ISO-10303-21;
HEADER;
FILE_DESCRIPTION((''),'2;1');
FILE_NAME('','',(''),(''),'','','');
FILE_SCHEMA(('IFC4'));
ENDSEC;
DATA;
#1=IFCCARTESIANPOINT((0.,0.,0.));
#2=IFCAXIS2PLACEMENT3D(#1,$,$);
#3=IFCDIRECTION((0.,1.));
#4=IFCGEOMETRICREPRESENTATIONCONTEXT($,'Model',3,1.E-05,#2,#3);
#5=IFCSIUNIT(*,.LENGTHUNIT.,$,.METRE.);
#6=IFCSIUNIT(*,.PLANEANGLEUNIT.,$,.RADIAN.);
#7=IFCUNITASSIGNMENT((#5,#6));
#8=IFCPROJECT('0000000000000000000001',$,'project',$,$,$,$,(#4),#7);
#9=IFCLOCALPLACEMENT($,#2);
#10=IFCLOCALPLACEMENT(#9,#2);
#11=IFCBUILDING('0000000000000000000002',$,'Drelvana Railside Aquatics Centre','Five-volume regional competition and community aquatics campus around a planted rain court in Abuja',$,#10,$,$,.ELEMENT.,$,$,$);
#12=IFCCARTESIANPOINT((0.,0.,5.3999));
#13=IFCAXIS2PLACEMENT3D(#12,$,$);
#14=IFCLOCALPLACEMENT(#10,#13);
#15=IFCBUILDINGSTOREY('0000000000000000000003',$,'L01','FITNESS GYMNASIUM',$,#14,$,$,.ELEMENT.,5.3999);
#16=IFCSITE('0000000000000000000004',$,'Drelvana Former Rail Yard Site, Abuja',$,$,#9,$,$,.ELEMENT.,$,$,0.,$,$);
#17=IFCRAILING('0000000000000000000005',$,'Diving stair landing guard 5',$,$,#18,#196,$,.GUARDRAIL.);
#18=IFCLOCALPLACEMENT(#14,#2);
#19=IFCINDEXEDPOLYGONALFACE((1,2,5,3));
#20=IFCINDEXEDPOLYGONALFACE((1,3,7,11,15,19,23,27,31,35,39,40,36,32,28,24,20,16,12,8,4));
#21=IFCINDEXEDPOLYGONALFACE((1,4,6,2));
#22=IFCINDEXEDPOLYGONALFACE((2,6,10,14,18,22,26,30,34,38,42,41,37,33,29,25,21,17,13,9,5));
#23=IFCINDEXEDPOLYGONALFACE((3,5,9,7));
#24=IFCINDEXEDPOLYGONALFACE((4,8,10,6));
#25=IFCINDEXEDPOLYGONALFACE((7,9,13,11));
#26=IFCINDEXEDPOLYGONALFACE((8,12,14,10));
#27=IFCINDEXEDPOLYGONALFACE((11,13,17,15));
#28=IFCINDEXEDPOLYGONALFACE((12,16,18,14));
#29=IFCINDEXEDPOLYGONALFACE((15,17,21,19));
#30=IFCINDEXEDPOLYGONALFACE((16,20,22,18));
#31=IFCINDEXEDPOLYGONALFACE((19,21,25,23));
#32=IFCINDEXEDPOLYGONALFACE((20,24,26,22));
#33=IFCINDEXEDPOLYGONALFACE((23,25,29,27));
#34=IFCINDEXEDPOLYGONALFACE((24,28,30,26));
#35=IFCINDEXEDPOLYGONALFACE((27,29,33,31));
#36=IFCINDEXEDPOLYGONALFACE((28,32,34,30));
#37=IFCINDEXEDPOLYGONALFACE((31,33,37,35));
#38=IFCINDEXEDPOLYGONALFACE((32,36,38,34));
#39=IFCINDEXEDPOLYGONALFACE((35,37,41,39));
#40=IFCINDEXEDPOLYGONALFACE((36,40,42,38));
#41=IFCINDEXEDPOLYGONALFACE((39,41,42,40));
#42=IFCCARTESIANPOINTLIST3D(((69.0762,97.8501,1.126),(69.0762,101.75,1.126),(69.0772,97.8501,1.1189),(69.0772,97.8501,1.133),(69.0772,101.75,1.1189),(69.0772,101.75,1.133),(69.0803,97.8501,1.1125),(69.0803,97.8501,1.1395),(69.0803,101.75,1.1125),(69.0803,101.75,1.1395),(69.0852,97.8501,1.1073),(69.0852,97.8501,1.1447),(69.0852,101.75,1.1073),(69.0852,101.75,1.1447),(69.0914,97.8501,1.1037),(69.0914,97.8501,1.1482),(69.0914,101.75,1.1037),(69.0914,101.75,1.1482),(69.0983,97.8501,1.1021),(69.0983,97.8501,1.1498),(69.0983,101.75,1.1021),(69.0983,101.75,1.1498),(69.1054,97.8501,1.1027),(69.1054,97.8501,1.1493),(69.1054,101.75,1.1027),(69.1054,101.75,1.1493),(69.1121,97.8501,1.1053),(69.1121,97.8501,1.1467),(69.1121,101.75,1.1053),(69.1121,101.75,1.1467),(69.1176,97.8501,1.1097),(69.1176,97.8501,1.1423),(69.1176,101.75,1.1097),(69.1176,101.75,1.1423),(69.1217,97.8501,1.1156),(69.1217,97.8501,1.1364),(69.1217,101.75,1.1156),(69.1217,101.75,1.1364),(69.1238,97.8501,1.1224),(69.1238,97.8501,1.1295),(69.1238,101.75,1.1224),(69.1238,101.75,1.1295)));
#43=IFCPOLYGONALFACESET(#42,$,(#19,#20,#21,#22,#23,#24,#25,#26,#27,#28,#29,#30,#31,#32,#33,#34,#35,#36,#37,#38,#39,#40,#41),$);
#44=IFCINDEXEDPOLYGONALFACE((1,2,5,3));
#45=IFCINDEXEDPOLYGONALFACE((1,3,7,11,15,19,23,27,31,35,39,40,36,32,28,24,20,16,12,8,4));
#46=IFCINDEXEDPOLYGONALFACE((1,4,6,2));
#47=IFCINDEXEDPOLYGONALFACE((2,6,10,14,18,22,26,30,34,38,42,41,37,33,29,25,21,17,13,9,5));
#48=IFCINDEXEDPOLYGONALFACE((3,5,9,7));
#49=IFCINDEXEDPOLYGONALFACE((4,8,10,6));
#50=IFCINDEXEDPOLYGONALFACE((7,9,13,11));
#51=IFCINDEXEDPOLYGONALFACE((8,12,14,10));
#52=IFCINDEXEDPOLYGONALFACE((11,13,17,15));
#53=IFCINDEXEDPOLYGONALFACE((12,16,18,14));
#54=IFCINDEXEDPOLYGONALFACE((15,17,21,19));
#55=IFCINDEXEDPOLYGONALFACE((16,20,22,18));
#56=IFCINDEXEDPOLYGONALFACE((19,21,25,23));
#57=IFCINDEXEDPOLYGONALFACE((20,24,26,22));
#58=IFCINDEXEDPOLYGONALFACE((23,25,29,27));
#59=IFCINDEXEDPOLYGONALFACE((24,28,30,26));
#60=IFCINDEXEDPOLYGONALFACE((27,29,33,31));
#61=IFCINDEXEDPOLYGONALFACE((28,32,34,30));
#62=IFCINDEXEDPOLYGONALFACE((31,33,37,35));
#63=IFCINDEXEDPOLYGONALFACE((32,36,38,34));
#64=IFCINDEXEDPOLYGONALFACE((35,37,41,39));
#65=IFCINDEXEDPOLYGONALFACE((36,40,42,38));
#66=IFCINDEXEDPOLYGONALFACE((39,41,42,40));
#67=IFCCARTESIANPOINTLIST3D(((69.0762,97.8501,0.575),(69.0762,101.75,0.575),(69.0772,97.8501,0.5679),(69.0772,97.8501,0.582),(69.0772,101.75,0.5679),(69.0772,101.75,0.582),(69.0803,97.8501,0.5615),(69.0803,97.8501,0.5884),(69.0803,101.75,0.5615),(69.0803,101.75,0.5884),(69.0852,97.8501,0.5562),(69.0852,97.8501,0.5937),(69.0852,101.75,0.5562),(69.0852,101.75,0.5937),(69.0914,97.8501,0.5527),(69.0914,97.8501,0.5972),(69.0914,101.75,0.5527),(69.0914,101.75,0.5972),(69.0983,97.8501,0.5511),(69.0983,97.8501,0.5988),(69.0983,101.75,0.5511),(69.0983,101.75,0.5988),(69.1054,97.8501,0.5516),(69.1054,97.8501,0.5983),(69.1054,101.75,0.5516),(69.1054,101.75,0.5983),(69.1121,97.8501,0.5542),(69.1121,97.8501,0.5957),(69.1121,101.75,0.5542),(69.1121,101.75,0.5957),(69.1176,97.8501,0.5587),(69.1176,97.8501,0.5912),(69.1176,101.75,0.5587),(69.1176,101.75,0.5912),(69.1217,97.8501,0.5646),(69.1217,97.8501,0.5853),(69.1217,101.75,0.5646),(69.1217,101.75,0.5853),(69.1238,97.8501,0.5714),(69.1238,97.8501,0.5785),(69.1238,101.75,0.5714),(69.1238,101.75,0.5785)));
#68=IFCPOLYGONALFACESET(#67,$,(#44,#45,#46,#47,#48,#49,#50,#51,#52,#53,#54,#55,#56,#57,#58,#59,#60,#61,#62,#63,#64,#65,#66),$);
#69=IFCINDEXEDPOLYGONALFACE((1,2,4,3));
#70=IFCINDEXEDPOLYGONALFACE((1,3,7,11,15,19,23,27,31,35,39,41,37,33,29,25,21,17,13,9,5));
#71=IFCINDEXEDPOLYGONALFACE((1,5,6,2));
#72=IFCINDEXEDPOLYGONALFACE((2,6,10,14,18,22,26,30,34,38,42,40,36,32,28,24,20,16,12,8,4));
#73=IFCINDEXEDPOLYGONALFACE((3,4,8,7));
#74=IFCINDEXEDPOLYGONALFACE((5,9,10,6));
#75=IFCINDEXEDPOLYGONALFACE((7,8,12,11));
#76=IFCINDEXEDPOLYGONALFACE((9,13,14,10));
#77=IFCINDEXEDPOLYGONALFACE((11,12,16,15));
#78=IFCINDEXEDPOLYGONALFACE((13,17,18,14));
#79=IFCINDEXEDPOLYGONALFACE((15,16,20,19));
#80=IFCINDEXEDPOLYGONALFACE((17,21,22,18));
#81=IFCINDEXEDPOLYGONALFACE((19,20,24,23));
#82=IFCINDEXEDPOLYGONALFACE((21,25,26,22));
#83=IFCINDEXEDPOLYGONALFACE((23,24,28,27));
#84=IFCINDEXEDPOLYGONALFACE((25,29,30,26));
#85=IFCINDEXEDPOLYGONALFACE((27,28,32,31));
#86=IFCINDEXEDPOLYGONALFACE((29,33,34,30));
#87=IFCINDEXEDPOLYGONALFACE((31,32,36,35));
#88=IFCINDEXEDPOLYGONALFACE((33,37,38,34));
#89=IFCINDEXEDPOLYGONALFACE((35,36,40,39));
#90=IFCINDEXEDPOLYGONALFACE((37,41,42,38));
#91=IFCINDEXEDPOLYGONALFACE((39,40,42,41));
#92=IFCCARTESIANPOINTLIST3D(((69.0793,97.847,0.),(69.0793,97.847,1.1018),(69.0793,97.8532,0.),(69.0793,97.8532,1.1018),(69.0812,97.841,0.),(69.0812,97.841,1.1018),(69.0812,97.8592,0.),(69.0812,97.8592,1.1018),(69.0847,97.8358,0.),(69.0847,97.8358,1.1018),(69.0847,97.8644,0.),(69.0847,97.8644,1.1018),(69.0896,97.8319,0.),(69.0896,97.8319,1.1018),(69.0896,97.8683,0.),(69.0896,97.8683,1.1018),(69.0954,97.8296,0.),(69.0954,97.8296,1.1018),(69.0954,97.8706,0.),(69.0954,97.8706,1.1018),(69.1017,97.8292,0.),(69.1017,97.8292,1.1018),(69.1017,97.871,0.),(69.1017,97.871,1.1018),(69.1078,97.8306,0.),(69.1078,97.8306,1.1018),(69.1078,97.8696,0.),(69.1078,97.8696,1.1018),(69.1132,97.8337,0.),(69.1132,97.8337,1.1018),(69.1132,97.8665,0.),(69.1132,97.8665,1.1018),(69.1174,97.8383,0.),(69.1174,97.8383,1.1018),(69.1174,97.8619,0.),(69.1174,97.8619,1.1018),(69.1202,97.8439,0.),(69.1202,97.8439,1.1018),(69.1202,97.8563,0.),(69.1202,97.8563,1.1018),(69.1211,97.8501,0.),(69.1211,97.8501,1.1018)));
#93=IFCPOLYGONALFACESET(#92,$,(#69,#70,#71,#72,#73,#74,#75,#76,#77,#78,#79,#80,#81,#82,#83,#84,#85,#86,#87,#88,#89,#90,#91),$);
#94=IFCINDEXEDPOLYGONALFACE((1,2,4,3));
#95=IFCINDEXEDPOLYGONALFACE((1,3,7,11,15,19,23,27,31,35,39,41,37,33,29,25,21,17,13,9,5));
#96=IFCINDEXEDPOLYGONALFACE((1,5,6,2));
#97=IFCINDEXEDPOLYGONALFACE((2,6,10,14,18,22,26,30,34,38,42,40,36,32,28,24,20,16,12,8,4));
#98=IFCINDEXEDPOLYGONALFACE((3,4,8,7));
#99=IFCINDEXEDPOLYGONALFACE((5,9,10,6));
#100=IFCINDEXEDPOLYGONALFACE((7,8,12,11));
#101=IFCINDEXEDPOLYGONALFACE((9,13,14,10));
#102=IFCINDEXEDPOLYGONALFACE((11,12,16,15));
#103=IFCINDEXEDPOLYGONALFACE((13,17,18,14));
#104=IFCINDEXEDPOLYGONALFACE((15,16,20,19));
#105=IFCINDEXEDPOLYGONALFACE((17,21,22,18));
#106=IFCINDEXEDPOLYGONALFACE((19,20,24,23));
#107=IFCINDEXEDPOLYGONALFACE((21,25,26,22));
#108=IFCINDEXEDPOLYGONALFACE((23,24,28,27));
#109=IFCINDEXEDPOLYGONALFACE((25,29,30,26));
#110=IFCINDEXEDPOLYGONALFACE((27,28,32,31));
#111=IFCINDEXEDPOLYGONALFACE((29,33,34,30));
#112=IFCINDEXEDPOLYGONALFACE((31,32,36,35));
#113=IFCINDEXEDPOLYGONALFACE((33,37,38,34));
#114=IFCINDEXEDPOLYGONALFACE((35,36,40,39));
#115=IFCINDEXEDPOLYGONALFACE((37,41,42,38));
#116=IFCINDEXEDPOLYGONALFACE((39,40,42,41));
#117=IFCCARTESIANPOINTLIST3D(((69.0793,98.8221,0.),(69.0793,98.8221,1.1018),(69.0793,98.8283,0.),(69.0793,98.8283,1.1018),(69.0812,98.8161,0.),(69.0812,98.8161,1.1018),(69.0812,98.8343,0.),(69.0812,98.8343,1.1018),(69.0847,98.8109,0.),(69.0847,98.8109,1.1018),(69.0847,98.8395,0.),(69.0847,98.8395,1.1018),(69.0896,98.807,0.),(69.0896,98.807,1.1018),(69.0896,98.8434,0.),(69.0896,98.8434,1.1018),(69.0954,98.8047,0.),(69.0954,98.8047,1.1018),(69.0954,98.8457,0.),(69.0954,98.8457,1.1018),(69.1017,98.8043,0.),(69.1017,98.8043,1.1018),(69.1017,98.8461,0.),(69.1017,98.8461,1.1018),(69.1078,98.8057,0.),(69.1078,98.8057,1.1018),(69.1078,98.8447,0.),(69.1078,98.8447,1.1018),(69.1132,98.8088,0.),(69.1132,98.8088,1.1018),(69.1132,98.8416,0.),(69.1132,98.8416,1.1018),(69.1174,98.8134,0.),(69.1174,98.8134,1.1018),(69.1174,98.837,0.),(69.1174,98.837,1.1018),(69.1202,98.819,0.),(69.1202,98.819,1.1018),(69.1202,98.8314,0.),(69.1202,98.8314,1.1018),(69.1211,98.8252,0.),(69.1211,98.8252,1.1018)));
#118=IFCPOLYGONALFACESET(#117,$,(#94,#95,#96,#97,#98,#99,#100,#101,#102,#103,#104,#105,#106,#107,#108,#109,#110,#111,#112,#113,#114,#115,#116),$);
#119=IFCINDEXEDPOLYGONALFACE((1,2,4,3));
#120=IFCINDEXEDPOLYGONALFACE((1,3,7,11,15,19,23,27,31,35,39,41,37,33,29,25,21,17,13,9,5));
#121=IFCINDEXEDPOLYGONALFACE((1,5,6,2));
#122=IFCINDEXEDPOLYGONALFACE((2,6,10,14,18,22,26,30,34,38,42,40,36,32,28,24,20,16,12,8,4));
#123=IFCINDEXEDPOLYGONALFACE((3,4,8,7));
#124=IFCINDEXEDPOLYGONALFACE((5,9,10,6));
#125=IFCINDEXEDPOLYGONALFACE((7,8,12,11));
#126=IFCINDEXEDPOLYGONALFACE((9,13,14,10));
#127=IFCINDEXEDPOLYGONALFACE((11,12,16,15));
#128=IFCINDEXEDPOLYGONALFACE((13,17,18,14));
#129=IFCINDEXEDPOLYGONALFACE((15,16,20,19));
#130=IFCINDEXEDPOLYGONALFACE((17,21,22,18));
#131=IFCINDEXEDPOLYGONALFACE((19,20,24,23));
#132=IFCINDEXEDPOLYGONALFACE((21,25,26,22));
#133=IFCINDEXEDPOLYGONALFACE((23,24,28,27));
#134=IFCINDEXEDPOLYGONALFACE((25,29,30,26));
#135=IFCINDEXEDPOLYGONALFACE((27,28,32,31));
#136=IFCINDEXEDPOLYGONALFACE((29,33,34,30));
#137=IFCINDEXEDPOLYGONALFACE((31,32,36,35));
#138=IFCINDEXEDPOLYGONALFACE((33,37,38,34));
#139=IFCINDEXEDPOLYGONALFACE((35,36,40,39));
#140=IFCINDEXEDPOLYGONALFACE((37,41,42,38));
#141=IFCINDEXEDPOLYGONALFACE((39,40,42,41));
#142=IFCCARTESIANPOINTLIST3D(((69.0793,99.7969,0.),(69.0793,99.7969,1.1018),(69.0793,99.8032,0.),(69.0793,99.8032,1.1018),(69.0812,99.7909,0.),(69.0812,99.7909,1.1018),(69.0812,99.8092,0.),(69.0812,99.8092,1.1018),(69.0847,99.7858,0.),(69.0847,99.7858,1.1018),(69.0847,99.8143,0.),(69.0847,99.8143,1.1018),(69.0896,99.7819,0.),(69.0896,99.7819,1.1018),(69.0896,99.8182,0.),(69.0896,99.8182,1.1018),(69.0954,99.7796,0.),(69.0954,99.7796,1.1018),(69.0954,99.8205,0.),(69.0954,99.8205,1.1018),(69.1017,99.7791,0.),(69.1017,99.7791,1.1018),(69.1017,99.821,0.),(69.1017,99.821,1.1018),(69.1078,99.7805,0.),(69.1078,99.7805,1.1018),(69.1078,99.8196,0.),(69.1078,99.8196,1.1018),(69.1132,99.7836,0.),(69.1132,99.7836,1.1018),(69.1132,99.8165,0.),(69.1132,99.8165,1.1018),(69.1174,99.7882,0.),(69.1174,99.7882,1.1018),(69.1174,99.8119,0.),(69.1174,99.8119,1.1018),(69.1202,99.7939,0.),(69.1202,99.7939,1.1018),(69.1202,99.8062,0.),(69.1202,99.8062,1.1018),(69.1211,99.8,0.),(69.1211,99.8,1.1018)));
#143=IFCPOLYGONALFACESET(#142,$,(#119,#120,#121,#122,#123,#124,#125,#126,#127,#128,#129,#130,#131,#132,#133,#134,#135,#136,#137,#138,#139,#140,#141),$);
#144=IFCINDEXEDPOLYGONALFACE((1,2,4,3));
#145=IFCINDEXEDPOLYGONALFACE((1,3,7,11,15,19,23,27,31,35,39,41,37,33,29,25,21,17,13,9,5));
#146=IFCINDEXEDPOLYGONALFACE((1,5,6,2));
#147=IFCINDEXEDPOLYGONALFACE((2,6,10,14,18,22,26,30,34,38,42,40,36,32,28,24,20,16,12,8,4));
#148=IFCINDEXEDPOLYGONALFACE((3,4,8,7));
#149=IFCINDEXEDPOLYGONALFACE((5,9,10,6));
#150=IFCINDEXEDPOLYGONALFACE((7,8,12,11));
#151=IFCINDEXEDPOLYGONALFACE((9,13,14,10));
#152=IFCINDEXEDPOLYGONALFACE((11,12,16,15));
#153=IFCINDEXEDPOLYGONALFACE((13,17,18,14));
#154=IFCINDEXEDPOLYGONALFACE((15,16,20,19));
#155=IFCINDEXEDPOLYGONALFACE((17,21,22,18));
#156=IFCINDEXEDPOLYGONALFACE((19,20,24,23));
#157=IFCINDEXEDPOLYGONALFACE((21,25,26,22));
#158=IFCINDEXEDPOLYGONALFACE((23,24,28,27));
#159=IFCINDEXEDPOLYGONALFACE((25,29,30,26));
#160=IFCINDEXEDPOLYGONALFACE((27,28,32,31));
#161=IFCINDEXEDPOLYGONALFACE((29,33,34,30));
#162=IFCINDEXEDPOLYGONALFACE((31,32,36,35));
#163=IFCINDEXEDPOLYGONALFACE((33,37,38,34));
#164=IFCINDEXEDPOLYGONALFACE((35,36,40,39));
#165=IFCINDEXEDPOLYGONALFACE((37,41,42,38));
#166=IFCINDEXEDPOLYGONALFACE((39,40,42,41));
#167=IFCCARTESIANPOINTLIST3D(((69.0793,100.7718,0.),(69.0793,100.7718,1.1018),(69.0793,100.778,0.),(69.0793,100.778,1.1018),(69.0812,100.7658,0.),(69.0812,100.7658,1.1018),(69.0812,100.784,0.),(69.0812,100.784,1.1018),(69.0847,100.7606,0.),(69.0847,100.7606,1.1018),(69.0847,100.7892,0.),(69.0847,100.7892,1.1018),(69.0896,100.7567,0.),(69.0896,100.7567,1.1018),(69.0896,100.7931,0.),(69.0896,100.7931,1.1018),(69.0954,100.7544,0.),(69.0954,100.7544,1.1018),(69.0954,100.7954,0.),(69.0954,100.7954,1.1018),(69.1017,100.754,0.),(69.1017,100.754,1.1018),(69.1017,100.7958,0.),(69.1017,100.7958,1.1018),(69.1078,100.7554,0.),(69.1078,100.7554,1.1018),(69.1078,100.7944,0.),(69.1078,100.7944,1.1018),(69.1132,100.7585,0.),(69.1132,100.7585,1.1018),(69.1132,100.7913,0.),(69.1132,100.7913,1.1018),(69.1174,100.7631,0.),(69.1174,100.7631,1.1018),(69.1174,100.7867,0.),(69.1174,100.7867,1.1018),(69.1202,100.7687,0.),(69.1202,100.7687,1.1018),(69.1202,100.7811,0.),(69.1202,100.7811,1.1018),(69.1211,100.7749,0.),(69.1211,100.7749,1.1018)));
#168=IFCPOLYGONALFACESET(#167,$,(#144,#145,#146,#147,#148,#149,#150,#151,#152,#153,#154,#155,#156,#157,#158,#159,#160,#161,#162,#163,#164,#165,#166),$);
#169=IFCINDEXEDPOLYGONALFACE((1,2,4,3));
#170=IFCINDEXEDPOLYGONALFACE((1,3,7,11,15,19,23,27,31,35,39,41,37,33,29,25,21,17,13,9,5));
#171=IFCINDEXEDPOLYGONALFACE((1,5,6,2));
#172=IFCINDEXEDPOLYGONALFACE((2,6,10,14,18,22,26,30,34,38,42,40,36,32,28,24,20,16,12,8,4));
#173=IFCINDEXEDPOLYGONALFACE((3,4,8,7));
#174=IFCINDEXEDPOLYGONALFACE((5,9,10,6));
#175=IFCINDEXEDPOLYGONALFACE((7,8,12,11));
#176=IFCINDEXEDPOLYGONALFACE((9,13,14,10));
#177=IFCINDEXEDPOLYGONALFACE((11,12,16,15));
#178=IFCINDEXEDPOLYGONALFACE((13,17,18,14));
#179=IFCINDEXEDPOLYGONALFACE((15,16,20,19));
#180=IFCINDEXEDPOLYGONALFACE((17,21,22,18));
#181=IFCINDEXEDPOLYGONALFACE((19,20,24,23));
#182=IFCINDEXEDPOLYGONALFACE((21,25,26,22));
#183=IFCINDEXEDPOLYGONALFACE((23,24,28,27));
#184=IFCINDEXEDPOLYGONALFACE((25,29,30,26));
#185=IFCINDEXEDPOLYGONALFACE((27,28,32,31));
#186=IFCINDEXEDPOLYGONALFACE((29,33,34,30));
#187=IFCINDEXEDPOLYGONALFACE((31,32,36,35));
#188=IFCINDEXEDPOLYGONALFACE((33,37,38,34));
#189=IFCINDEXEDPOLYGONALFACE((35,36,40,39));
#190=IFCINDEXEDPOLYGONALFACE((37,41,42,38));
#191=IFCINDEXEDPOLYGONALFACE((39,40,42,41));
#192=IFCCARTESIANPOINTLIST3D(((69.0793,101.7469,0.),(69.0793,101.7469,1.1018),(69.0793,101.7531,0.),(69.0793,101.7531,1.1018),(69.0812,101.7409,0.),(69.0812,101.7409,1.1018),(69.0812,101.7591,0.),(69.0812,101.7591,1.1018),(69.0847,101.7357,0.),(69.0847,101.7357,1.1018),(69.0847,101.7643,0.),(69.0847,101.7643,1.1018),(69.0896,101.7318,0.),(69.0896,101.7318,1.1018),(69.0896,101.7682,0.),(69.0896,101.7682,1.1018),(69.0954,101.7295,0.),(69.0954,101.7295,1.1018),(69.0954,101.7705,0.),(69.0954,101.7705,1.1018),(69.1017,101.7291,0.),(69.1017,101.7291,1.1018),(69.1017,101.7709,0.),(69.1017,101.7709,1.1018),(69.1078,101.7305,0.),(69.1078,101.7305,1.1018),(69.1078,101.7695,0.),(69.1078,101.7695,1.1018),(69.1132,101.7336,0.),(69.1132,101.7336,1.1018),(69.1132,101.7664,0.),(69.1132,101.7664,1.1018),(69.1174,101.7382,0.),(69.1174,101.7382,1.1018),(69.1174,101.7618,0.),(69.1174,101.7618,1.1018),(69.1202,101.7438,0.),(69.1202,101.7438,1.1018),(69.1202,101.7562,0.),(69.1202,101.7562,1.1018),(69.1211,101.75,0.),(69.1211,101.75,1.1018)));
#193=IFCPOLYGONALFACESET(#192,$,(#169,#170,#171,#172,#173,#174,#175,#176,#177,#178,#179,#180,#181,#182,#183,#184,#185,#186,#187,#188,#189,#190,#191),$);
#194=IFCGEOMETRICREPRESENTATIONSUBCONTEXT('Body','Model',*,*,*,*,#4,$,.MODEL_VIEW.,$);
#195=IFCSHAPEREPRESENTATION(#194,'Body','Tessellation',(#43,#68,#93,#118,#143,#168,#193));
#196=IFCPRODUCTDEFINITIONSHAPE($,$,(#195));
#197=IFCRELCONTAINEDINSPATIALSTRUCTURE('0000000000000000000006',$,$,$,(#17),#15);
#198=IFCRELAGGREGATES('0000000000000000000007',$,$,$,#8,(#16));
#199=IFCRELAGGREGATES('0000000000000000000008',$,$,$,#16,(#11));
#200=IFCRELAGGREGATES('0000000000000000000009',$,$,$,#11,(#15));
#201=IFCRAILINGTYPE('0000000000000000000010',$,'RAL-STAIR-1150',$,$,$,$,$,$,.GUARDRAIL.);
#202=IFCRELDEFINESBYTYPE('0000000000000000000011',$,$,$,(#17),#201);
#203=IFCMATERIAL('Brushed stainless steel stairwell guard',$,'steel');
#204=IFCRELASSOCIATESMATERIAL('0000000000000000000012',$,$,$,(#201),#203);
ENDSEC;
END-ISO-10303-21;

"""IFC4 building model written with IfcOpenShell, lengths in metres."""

from ifc_helpers import new_model, si_unit, direction, frame, origin, origin_2d, place, context, subcontext, project, spatial, circle, extrude, material, type_object, element, save


model = new_model("IFC4")

# Units and contexts
model_context = context("Model", 3, precision=1e-05, world=origin(), true_north=direction((0.0, 1.0)))
body_context = subcontext(model_context, "Body", "Model", "MODEL_VIEW")
ifc_project = project(units=[si_unit("LENGTHUNIT", "METRE"), si_unit("PLANEANGLEUNIT", "RADIAN")], contexts=[model_context])

# Site, building, storey
site_placement = place(None, origin())
site = spatial("IfcSite", under=ifc_project, at=site_placement, Name="Drelvana Former Rail Yard Site, Abuja", CompositionType="ELEMENT", RefElevation=0.0)
building_placement = place(site_placement, origin())
building = spatial("IfcBuilding", under=site, at=building_placement, Name="Drelvana Railside Aquatics Centre", Description="Five-volume regional competition and community aquatics campus around a planted rain court in Abuja", CompositionType="ELEMENT")
storey_placement = place(building_placement, frame((0.0, 0.0, 5.3999)))
storey = spatial("IfcBuildingStorey", under=building, at=storey_placement, Name="L01", Description="FITNESS GYMNASIUM", CompositionType="ELEMENT", Elevation=5.3999)

# Railing
ifc_material_1 = material(Name="Brushed stainless steel stairwell guard", Category="steel")
railing_type_1 = type_object("IfcRailingType", Name="RAL-STAIR-1150", PredefinedType="GUARDRAIL", material=ifc_material_1)
railing_1_placement = place(storey_placement, frame((69.1001, 97.8501, 0.0)))
element("IfcRailing", 1, at=railing_1_placement, inside=storey, type_object=railing_type_1, Name="Diving stair landing guard 5", PredefinedType="GUARDRAIL", context=body_context, shape_type="SweptSolid", body=[
    extrude(circle(Radius=0.0239, at=origin_2d()), frame((0.0, 0.0, 1.126), z_axis=(0.0, 1.0, 0.0), x_axis=(-1.0, 0.0, 0.0)), (0.0, 0.0, 1.0), 3.8999),
    extrude(circle(Radius=0.0239, at=origin_2d()), frame((0.0, 0.0, 0.575), z_axis=(0.0, 1.0, 0.0), x_axis=(-1.0, 0.0, 0.0)), (0.0, 0.0, 1.0), 3.8999),
    extrude(circle(Radius=0.021, at=origin_2d()), origin(), (0.0, 0.0, 1.0), 1.1018),
    extrude(circle(Radius=0.021, at=origin_2d()), frame((0.0, 0.9751, 0.0)), (0.0, 0.0, 1.0), 1.1018),
    extrude(circle(Radius=0.021, at=origin_2d()), frame((0.0, 1.95, 0.0)), (0.0, 0.0, 1.0), 1.1018),
    extrude(circle(Radius=0.021, at=origin_2d()), frame((0.0, 2.9248, 0.0)), (0.0, 0.0, 1.0), 1.1018),
    extrude(circle(Radius=0.021, at=origin_2d()), frame((0.0, 3.8999, 0.0)), (0.0, 0.0, 1.0), 1.1018),
])

save(model, "model.ifc")
